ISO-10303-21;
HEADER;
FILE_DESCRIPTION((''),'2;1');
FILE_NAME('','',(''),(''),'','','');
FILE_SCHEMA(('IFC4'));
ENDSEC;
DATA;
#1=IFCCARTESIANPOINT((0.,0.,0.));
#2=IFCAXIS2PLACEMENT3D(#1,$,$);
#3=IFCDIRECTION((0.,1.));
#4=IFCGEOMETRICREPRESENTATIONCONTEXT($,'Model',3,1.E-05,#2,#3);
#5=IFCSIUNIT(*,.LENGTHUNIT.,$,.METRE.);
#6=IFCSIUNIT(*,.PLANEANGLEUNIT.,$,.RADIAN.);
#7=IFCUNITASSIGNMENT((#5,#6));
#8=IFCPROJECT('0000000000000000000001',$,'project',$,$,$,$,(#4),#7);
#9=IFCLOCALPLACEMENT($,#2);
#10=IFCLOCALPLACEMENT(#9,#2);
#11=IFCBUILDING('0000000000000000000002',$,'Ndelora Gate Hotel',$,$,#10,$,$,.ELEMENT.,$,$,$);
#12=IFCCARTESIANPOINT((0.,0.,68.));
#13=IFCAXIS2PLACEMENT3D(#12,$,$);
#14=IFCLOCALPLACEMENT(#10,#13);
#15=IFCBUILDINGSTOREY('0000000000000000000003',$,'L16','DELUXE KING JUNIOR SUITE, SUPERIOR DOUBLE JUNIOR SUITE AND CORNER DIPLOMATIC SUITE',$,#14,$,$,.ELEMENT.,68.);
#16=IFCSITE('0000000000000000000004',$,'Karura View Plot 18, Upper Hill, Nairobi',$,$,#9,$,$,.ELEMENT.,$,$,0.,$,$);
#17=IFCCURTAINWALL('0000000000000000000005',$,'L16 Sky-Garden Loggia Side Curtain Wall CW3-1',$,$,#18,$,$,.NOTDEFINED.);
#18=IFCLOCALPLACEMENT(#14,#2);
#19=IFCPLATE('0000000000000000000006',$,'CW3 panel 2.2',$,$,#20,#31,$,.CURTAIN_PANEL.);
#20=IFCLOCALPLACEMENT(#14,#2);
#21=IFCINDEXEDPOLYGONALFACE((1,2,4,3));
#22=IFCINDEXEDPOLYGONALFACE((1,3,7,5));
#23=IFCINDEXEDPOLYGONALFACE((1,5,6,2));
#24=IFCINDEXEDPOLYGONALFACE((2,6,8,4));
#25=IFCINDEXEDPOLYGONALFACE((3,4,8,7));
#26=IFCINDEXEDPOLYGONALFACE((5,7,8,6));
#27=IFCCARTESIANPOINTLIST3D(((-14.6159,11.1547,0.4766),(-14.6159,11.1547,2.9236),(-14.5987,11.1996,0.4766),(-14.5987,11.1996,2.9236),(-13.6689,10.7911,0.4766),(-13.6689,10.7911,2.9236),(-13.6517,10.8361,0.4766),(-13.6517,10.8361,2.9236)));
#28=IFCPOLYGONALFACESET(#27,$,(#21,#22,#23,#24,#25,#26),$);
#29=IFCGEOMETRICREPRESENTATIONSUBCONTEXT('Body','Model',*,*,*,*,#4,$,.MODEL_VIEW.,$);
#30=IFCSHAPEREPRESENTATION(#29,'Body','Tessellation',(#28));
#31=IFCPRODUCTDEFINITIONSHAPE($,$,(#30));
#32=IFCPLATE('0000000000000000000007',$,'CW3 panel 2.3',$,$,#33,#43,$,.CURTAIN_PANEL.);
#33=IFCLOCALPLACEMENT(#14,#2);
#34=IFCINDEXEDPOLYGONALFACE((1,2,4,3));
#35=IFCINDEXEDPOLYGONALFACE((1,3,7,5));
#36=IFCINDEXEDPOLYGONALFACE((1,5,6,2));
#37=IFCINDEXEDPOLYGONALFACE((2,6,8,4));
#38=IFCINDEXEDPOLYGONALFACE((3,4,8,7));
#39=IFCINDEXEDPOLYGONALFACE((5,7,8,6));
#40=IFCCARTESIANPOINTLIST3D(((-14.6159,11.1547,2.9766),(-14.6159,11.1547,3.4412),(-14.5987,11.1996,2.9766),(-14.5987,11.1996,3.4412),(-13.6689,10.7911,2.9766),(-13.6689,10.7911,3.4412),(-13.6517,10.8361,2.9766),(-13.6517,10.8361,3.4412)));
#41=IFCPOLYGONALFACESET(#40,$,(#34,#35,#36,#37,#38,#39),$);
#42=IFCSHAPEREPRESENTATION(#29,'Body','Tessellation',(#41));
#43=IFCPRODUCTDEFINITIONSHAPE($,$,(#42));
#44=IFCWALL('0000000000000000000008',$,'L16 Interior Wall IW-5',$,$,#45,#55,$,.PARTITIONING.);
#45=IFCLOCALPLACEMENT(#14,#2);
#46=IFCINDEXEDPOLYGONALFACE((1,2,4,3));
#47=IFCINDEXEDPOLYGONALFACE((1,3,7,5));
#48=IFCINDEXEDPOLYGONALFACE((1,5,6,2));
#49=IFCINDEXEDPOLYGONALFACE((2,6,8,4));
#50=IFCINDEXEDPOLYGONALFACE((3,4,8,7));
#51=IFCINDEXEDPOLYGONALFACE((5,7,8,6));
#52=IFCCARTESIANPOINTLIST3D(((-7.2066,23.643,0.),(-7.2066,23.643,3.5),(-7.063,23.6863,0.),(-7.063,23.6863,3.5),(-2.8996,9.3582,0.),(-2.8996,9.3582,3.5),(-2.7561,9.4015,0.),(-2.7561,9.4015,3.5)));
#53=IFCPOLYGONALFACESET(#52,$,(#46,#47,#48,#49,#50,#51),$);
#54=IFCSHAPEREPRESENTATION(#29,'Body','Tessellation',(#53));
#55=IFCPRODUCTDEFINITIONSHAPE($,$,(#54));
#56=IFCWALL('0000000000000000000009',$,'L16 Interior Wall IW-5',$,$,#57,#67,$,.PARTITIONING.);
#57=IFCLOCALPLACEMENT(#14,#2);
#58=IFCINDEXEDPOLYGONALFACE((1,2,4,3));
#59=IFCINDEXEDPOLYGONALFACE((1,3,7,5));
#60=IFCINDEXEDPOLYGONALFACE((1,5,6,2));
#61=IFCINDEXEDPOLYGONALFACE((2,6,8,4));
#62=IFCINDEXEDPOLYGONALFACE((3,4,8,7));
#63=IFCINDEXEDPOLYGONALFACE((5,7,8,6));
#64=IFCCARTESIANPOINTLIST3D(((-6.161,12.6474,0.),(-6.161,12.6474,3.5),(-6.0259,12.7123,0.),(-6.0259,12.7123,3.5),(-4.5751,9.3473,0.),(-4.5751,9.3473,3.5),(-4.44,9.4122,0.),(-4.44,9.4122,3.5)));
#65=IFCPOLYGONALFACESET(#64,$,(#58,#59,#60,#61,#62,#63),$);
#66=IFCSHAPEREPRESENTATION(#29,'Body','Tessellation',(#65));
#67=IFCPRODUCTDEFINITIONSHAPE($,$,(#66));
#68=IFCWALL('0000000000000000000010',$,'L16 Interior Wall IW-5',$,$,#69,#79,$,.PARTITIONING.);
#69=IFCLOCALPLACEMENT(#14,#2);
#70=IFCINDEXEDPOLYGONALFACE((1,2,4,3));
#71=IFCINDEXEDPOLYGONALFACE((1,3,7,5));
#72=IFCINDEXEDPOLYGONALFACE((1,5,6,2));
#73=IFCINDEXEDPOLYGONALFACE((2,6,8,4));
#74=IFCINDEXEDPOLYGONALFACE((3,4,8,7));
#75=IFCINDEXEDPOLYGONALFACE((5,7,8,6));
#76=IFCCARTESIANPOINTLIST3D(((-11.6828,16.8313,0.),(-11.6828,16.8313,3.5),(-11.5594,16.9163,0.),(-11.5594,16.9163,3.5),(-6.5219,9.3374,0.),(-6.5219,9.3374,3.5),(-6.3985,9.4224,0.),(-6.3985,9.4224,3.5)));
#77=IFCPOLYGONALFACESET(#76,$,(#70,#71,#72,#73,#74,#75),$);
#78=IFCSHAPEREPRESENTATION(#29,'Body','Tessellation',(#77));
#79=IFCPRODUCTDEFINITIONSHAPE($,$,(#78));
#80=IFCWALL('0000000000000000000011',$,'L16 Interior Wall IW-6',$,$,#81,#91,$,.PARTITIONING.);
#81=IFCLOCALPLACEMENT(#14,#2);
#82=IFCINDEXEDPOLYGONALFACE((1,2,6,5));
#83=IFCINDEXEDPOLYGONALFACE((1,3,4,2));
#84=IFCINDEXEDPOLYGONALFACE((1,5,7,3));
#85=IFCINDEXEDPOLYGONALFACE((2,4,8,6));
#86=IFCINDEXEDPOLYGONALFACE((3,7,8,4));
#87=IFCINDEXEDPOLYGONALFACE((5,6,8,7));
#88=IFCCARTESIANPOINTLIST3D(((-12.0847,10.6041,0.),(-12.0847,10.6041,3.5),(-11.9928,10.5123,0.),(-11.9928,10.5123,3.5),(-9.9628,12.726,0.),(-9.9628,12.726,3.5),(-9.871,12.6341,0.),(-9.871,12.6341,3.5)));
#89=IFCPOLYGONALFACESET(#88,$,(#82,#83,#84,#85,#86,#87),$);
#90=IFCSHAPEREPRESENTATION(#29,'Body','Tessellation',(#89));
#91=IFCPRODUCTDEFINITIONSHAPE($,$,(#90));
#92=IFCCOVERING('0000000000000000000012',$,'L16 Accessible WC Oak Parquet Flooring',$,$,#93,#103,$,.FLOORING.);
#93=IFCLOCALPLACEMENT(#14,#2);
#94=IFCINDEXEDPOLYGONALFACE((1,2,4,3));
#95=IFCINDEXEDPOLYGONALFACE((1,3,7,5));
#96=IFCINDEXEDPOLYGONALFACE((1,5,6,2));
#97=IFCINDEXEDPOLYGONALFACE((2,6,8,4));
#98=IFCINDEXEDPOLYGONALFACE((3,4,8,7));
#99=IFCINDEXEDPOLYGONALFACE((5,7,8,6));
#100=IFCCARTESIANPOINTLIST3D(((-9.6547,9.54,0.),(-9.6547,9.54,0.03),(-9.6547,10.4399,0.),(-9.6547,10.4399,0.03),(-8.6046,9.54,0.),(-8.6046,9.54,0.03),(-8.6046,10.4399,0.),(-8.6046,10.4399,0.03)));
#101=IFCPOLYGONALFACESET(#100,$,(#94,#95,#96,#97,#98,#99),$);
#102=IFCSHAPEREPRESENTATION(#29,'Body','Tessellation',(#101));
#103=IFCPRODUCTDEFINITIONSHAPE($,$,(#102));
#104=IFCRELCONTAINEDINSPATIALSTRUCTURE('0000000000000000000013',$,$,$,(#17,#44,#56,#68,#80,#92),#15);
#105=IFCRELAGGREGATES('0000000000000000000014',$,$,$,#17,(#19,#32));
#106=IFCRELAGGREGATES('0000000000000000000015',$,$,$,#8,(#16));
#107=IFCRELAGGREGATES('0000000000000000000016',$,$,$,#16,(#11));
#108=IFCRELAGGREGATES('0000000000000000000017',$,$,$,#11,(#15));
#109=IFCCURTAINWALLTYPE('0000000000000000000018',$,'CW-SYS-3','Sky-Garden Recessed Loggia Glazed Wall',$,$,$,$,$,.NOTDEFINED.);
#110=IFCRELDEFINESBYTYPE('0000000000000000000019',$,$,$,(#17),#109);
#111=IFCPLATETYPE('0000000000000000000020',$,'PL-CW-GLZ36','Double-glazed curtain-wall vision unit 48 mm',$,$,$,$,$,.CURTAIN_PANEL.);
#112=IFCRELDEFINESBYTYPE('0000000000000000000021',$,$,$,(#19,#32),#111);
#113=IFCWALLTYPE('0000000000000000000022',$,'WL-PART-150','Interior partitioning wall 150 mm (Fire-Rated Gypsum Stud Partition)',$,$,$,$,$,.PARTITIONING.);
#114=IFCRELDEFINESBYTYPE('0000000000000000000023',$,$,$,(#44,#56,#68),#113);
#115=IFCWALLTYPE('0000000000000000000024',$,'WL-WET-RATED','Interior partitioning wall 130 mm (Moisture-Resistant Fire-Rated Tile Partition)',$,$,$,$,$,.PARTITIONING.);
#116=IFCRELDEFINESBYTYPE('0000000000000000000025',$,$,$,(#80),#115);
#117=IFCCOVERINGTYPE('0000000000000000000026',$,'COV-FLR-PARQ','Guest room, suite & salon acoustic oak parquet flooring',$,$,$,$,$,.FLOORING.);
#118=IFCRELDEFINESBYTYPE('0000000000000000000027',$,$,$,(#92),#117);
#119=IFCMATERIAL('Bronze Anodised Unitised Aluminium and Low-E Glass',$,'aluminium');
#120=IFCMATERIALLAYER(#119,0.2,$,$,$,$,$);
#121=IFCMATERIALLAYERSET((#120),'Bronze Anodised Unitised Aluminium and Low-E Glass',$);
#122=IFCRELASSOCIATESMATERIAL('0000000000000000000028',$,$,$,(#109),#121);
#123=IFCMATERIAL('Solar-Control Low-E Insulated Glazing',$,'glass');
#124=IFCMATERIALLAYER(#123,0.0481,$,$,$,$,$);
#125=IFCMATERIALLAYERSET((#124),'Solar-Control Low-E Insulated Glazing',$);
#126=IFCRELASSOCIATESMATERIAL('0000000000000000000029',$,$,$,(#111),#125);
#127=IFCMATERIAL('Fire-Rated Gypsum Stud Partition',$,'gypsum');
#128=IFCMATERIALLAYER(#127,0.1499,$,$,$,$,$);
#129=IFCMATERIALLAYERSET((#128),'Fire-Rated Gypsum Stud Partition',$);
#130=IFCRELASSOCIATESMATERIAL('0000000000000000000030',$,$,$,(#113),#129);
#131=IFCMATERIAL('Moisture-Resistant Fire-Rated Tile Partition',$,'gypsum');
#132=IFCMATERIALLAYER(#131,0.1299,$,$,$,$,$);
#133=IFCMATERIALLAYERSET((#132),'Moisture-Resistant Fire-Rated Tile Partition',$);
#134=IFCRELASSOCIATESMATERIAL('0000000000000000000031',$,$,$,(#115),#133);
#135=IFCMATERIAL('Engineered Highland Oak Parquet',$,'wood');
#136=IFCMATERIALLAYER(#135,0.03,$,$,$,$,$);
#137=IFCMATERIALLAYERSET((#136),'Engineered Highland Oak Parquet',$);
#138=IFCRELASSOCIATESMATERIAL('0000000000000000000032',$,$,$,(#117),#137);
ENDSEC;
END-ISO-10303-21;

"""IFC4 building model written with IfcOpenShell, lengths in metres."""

from ifc_helpers import new_model, si_unit, direction, frame, frame_2d, origin, origin_2d, place, context, subcontext, project, spatial, rectangle, extrude, material, layer, layer_set, type_object, element, aggregate, save


model = new_model("IFC4")

# Units and contexts
model_context = context("Model", 3, precision=1e-05, world=origin(), true_north=direction((0.0, 1.0)))
body_context = subcontext(model_context, "Body", "Model", "MODEL_VIEW")
ifc_project = project(units=[si_unit("LENGTHUNIT", "METRE"), si_unit("PLANEANGLEUNIT", "RADIAN")], contexts=[model_context])

# Site, building, storey
site_placement = place(None, origin())
site = spatial("IfcSite", under=ifc_project, at=site_placement, Name="Karura View Plot 18, Upper Hill, Nairobi", CompositionType="ELEMENT", RefElevation=0.0)
building_placement = place(site_placement, origin())
building = spatial("IfcBuilding", under=site, at=building_placement, Name="Ndelora Gate Hotel", CompositionType="ELEMENT")
storey_placement = place(building_placement, frame((0.0, 0.0, 68.0)))
storey = spatial("IfcBuildingStorey", under=building, at=storey_placement, Name="L16", Description="DELUXE KING JUNIOR SUITE, SUPERIOR DOUBLE JUNIOR SUITE AND CORNER DIPLOMATIC SUITE", CompositionType="ELEMENT", Elevation=68.0)

# Curtain wall, plates
ifc_material_1 = material(Name="Bronze Anodised Unitised Aluminium and Low-E Glass", Category="aluminium")
ifc_layer_1 = layer(ifc_material_1, 0.2)
ifc_layer_set_1 = layer_set([ifc_layer_1], Name="Bronze Anodised Unitised Aluminium and Low-E Glass")
curtain_wall_type = type_object("IfcCurtainWallType", Name="CW-SYS-3", Description="Sky-Garden Recessed Loggia Glazed Wall", PredefinedType="NOTDEFINED", material=ifc_layer_set_1)
curtain_wall_placement = place(storey_placement, origin())
curtain_wall = element("IfcCurtainWall", 1, at=curtain_wall_placement, inside=storey, type_object=curtain_wall_type, Name="L16 Sky-Garden Loggia Side Curtain Wall CW3-1", PredefinedType="NOTDEFINED")
ifc_material_2 = material(Name="Solar-Control Low-E Insulated Glazing", Category="glass")
ifc_layer_2 = layer(ifc_material_2, 0.0481)
ifc_layer_set_2 = layer_set([ifc_layer_2], Name="Solar-Control Low-E Insulated Glazing")
plate_type = type_object("IfcPlateType", Name="PL-CW-GLZ36", Description="Double-glazed curtain-wall vision unit 48 mm", PredefinedType="CURTAIN_PANEL", material=ifc_layer_set_2)
plate_1_placement = place(storey_placement, frame((-14.1338, 10.9954, 0.4766), z_axis=(0.0, 0.0, 1.0), x_axis=(-0.933583, 0.358361, 0.0)))
plate_1 = element("IfcPlate", 2, at=plate_1_placement, type_object=plate_type, Name="CW3 panel 2.2", PredefinedType="CURTAIN_PANEL", context=body_context, shape_type="SweptSolid", body=[
    extrude(rectangle(XDim=1.0144, YDim=0.0481, at=origin_2d()), origin(), (0.0, 0.0, 1.0), 2.447),
])
plate_2_placement = place(storey_placement, frame((-14.1338, 10.9954, 2.9766), z_axis=(0.0, 0.0, 1.0), x_axis=(-0.933583, 0.358361, 0.0)))
plate_2 = element("IfcPlate", 3, at=plate_2_placement, type_object=plate_type, Name="CW3 panel 2.3", PredefinedType="CURTAIN_PANEL", context=body_context, shape_type="SweptSolid", body=[
    extrude(rectangle(XDim=1.0144, YDim=0.0481, at=origin_2d()), origin(), (0.0, 0.0, 1.0), 0.4646),
])
aggregate(curtain_wall, [plate_1, plate_2])

# Walls
ifc_material_3 = material(Name="Fire-Rated Gypsum Stud Partition", Category="gypsum")
ifc_layer_3 = layer(ifc_material_3, 0.1499)
ifc_layer_set_3 = layer_set([ifc_layer_3], Name="Fire-Rated Gypsum Stud Partition")
wall_type_1 = type_object("IfcWallType", Name="WL-PART-150", Description="Interior partitioning wall 150 mm (Fire-Rated Gypsum Stud Partition)", PredefinedType="PARTITIONING", material=ifc_layer_set_3)
wall_1_placement = place(storey_placement, frame((-2.8279, 9.3799, 0.0), z_axis=(0.0, 0.0, 1.0), x_axis=(-0.288669, 0.957429, 0.0)))
element("IfcWall", 4, at=wall_1_placement, inside=storey, type_object=wall_type_1, Name="L16 Interior Wall IW-5", PredefinedType="PARTITIONING", context=body_context, shape_type="SweptSolid", body=[
    extrude(rectangle(XDim=14.9199, YDim=0.1499, at=frame_2d((7.46, 0.0))), origin(), (0.0, 0.0, 1.0), 3.5),
])
wall_2_placement = place(storey_placement, frame((-4.5076, 9.3799, 0.0), z_axis=(0.0, 0.0, 1.0), x_axis=(-0.433156, 0.901319, 0.0)))
element("IfcWall", 5, at=wall_2_placement, inside=storey, type_object=wall_type_1, Name="L16 Interior Wall IW-5", PredefinedType="PARTITIONING", context=body_context, shape_type="SweptSolid", body=[
    extrude(rectangle(XDim=3.6614, YDim=0.1499, at=frame_2d((1.8306, 0.0))), origin(), (0.0, 0.0, 1.0), 3.5),
])
wall_3_placement = place(storey_placement, frame((-6.4602, 9.3799, 0.0), z_axis=(0.0, 0.0, 1.0), x_axis=(-0.567188, 0.823588, 0.0)))
element("IfcWall", 6, at=wall_3_placement, inside=storey, type_object=wall_type_1, Name="L16 Interior Wall IW-5", PredefinedType="PARTITIONING", context=body_context, shape_type="SweptSolid", body=[
    extrude(rectangle(XDim=9.0991, YDim=0.1499, at=frame_2d((4.5496, 0.0))), origin(), (0.0, 0.0, 1.0), 3.5),
])
ifc_material_4 = material(Name="Moisture-Resistant Fire-Rated Tile Partition", Category="gypsum")
ifc_layer_4 = layer(ifc_material_4, 0.1299)
ifc_layer_set_4 = layer_set([ifc_layer_4], Name="Moisture-Resistant Fire-Rated Tile Partition")
wall_type_2 = type_object("IfcWallType", Name="WL-WET-RATED", Description="Interior partitioning wall 130 mm (Moisture-Resistant Fire-Rated Tile Partition)", PredefinedType="PARTITIONING", material=ifc_layer_set_4)
wall_4_placement = place(storey_placement, frame((-12.0388, 10.5581, 0.0), z_axis=(0.0, 0.0, 1.0), x_axis=(0.707107, 0.707107, 0.0)))
element("IfcWall", 7, at=wall_4_placement, inside=storey, type_object=wall_type_2, Name="L16 Interior Wall IW-6", PredefinedType="PARTITIONING", context=body_context, shape_type="SweptSolid", body=[
    extrude(rectangle(XDim=3.0007, YDim=0.1299, at=frame_2d((1.5005, 0.0))), origin(), (0.0, 0.0, 1.0), 3.5),
])

# Covering
ifc_material_5 = material(Name="Engineered Highland Oak Parquet", Category="wood")
ifc_layer_5 = layer(ifc_material_5, 0.03)
ifc_layer_set_5 = layer_set([ifc_layer_5], Name="Engineered Highland Oak Parquet")
covering_type = type_object("IfcCoveringType", Name="COV-FLR-PARQ", Description="Guest room, suite & salon acoustic oak parquet flooring", PredefinedType="FLOORING", material=ifc_layer_set_5)
covering_placement = place(storey_placement, frame((-9.1296, 9.99, 0.0), z_axis=(0.0, 0.0, 1.0), x_axis=(1.0, 0.0, 0.0)))
element("IfcCovering", 8, at=covering_placement, inside=storey, type_object=covering_type, Name="L16 Accessible WC Oak Parquet Flooring", PredefinedType="FLOORING", context=body_context, shape_type="SweptSolid", body=[
    extrude(rectangle(XDim=1.05, YDim=0.8999, at=origin_2d()), origin(), (0.0, 0.0, 1.0), 0.03),
])

save(model, "model.ifc")
